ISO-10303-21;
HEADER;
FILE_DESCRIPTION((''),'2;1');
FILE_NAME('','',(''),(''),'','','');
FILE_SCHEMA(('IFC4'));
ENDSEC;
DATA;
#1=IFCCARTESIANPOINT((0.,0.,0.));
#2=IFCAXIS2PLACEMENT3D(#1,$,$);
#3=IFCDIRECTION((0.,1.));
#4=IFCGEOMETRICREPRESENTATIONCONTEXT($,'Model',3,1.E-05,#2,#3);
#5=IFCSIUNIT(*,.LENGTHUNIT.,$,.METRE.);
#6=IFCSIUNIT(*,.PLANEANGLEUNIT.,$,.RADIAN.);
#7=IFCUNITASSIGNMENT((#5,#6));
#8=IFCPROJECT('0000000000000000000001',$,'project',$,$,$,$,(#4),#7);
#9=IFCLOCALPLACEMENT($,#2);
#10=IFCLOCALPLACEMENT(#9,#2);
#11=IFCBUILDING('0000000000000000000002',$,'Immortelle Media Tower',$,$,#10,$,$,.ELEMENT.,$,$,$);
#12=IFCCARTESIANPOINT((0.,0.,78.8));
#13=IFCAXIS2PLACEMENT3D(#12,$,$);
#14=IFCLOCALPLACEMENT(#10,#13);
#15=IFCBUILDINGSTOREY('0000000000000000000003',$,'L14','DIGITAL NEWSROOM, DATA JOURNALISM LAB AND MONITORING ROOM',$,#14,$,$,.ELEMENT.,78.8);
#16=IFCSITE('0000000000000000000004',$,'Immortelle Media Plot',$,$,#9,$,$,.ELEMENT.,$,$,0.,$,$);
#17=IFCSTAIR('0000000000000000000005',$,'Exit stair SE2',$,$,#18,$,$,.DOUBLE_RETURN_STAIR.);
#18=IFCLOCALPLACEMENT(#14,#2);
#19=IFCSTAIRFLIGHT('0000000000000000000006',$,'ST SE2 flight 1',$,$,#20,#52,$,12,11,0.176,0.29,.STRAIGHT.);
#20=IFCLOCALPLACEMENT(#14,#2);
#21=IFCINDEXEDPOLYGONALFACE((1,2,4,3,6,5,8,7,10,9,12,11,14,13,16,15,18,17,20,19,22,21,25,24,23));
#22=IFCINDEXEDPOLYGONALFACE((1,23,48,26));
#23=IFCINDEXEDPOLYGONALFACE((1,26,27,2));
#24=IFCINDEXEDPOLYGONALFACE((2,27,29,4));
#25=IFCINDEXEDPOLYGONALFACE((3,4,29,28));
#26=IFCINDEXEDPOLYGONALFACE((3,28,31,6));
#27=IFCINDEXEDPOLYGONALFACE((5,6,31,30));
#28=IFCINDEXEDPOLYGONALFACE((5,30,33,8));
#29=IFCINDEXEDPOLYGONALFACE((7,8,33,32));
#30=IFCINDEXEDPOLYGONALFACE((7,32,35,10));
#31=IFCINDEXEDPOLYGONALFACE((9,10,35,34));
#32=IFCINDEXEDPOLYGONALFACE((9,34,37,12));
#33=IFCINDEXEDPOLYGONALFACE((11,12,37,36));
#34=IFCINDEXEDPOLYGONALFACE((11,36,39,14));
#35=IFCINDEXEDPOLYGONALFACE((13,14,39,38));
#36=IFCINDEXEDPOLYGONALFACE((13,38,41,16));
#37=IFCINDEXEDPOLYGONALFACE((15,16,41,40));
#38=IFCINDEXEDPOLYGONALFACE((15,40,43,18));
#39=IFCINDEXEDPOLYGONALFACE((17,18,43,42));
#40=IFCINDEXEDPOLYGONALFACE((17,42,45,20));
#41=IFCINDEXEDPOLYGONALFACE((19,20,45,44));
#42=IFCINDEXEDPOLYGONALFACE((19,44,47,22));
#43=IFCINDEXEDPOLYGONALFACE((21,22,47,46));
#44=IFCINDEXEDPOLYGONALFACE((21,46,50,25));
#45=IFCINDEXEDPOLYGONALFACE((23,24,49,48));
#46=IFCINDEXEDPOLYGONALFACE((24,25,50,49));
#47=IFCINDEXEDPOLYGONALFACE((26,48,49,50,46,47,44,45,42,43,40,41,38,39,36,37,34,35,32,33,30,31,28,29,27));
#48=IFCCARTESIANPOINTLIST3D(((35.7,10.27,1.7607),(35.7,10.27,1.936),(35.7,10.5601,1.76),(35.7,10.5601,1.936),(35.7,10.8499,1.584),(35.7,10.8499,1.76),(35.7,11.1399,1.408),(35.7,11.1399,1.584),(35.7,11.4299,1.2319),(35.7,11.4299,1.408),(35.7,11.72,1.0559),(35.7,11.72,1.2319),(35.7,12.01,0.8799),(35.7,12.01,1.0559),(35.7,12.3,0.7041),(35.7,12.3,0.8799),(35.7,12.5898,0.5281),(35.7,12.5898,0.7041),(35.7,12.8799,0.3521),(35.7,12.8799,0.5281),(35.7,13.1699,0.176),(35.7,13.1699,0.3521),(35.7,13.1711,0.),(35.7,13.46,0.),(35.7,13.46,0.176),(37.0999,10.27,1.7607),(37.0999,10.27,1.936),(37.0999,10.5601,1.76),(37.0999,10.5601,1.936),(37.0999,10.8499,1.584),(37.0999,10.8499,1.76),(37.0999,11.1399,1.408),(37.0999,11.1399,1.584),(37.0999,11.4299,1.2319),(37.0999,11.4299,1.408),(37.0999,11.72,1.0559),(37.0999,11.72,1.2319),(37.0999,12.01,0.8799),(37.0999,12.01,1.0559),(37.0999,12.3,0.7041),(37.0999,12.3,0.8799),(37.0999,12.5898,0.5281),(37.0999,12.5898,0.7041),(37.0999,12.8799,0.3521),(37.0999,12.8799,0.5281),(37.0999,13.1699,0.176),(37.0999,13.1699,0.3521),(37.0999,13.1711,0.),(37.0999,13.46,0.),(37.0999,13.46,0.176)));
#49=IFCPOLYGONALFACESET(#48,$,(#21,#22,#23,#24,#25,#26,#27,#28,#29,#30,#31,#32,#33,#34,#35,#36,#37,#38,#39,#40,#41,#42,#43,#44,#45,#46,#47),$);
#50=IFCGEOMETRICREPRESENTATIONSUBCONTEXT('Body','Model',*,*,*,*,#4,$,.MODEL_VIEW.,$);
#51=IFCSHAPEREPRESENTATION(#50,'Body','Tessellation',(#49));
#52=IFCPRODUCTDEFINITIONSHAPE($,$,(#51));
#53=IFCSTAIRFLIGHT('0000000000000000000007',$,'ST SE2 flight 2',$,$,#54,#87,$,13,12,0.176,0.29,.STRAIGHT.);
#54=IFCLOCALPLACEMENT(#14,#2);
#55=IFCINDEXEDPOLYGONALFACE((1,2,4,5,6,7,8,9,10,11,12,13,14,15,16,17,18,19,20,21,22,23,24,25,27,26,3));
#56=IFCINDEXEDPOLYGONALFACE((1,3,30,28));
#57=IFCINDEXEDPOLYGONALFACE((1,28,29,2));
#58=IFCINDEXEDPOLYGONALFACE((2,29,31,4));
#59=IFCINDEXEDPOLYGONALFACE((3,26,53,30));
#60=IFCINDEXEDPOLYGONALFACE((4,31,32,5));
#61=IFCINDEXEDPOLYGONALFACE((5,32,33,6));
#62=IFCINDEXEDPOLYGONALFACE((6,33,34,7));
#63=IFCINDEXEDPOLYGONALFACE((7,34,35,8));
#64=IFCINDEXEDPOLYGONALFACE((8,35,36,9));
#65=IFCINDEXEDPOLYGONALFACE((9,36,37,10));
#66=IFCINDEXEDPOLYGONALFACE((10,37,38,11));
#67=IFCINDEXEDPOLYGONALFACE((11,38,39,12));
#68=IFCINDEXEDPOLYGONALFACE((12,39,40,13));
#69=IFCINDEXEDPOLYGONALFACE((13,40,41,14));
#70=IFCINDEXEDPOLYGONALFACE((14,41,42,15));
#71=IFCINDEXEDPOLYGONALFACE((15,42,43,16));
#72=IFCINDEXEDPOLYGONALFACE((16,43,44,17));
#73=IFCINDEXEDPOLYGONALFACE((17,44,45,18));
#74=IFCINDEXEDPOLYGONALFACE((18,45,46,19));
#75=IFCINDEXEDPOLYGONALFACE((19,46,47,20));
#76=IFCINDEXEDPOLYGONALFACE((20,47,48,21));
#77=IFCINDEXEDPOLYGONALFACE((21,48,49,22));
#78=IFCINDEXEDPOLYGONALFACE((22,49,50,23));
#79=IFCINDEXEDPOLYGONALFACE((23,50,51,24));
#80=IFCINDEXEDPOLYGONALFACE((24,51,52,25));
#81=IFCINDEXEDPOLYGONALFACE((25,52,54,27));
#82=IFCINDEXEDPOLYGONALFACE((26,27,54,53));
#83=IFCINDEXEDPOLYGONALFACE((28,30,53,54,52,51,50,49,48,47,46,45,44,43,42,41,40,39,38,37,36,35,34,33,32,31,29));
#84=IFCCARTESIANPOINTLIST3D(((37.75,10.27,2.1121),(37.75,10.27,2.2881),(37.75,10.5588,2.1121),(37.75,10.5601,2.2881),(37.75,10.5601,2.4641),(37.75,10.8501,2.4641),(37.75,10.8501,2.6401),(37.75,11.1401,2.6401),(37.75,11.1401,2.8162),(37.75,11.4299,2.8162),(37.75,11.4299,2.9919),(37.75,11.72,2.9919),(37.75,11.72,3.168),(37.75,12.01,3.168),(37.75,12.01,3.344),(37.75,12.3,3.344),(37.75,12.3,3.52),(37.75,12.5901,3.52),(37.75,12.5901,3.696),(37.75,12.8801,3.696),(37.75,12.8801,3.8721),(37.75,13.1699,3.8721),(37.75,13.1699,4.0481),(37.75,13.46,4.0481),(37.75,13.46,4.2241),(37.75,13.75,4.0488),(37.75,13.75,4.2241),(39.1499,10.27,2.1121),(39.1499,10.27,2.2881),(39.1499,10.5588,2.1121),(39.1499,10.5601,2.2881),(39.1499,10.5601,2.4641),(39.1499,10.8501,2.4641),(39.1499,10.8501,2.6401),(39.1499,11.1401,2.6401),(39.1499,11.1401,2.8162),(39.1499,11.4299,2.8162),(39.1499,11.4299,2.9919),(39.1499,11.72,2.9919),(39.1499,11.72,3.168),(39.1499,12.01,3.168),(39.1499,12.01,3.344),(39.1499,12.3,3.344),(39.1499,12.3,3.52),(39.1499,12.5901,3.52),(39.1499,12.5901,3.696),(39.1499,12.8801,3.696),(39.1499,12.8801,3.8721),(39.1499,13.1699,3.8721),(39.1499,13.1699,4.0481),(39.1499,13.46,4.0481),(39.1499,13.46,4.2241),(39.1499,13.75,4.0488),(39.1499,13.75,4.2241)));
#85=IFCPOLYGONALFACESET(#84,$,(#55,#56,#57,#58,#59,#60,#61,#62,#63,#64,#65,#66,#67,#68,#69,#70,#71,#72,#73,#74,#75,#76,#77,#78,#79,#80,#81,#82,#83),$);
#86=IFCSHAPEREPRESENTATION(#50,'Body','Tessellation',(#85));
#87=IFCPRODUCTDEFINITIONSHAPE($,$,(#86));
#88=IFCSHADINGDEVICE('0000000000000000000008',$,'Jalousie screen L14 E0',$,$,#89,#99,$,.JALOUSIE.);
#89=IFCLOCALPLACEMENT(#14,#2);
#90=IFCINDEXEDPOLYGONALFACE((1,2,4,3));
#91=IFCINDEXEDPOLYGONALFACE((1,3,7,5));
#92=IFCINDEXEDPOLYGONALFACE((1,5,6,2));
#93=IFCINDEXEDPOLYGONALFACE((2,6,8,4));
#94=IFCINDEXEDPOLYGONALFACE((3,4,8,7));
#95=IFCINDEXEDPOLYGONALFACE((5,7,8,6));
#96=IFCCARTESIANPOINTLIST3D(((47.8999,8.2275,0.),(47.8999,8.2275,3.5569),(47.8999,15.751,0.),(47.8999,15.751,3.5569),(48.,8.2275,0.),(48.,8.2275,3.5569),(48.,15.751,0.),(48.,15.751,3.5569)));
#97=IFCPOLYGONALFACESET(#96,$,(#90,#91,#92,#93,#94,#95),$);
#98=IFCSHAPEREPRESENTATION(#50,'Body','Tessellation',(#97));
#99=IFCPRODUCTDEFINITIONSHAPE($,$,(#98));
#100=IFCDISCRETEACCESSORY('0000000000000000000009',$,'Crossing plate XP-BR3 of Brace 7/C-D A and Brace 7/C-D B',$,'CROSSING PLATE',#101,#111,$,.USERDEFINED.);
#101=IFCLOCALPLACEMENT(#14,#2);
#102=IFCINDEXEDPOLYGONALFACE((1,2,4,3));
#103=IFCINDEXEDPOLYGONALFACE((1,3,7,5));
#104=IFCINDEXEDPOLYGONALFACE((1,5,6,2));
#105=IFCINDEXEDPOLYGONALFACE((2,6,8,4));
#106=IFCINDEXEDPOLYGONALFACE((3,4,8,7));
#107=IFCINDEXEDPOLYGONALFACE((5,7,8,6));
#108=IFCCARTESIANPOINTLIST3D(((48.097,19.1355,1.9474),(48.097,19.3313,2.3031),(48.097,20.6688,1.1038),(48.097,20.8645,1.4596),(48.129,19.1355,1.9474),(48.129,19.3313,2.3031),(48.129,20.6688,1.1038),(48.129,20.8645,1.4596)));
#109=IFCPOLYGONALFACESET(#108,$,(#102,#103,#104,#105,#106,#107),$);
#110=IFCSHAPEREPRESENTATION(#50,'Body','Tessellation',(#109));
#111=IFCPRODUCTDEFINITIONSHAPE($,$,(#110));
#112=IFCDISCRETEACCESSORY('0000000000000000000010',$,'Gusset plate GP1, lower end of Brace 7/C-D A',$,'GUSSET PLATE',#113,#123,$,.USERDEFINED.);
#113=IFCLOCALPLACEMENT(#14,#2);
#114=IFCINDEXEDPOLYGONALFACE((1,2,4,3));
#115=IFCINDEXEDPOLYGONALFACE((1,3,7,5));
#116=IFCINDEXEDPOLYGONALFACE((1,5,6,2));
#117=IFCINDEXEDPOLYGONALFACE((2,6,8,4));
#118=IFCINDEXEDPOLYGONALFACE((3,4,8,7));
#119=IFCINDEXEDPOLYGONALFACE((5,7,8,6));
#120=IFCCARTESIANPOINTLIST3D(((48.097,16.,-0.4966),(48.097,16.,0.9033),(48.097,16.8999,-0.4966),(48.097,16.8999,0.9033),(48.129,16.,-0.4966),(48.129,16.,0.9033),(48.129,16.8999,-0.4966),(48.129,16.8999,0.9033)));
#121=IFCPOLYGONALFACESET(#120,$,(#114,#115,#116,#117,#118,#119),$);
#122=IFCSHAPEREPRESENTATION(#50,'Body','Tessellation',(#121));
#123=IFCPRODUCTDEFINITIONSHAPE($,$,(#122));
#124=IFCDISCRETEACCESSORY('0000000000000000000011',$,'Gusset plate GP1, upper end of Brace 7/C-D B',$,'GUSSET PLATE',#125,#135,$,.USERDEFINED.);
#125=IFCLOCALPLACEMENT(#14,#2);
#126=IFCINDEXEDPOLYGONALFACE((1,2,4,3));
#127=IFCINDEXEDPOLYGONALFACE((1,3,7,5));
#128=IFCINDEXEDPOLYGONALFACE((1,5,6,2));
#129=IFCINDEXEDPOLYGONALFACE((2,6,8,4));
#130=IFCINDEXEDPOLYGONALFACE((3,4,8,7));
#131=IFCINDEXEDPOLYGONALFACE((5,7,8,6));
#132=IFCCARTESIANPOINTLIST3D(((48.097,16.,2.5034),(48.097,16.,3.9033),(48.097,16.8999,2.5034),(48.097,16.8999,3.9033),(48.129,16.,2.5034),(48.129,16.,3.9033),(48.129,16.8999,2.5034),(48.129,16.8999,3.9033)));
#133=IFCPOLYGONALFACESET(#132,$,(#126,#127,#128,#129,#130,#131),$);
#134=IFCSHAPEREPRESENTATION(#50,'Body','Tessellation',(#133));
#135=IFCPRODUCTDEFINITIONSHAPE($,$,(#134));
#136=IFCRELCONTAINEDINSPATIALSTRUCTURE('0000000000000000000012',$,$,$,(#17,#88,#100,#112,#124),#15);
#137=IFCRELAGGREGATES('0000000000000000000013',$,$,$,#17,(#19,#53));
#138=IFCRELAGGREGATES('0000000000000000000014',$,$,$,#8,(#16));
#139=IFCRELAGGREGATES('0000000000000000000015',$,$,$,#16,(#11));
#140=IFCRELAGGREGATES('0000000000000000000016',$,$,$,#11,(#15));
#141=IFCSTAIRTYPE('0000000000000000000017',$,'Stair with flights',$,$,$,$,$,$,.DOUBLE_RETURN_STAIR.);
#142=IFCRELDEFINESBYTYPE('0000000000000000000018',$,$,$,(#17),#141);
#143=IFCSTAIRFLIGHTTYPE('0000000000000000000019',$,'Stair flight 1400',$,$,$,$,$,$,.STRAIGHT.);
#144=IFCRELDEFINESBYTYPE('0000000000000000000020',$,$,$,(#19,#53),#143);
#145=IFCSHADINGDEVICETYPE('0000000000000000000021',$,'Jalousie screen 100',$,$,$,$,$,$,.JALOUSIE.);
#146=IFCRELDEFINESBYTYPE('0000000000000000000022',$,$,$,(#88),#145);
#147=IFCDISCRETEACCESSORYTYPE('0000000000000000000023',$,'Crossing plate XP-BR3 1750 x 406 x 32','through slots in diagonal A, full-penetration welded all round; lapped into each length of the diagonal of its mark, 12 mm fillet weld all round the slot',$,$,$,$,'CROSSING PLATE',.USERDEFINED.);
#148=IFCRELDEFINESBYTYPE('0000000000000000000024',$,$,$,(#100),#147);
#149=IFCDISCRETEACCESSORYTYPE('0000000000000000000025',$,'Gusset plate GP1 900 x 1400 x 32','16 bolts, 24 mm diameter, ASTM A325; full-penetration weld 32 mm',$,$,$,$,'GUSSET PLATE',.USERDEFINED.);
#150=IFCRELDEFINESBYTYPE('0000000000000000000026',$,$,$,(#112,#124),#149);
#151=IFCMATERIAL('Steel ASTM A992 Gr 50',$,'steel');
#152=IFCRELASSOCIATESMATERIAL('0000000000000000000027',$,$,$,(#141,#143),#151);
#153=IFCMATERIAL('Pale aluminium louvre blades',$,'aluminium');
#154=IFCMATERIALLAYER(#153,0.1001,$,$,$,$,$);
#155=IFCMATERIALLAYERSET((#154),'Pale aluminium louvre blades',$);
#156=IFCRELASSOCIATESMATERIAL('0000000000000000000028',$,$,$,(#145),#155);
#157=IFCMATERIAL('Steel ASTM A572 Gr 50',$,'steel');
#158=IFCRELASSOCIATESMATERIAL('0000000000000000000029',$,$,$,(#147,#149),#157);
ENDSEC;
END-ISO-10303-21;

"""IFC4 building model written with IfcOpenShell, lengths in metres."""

from ifc_helpers import new_model, si_unit, direction, frame, origin, origin_2d, place, context, subcontext, project, spatial, polyline, rectangle, outline, extrude, material, layer, layer_set, material_profile, profile_set, type_object, element, aggregate, save


model = new_model("IFC4")

# Units and contexts
model_context = context("Model", 3, precision=1e-05, world=origin(), true_north=direction((0.0, 1.0)))
body_context = subcontext(model_context, "Body", "Model", "MODEL_VIEW")
ifc_project = project(units=[si_unit("LENGTHUNIT", "METRE"), si_unit("PLANEANGLEUNIT", "RADIAN")], contexts=[model_context])

# Site, building, storey
site_placement = place(None, origin())
site = spatial("IfcSite", under=ifc_project, at=site_placement, Name="Immortelle Media Plot", CompositionType="ELEMENT", RefElevation=0.0)
building_placement = place(site_placement, origin())
building = spatial("IfcBuilding", under=site, at=building_placement, Name="Immortelle Media Tower", CompositionType="ELEMENT")
storey_placement = place(building_placement, frame((0.0, 0.0, 78.8)))
storey = spatial("IfcBuildingStorey", under=building, at=storey_placement, Name="L14", Description="DIGITAL NEWSROOM, DATA JOURNALISM LAB AND MONITORING ROOM", CompositionType="ELEMENT", Elevation=78.8)

# Shared definitions
ifc_material_1 = material(Name="Steel ASTM A992 Gr 50", Category="steel")

# Stair, stair flights
stair_type = type_object("IfcStairType", Name="Stair with flights", PredefinedType="DOUBLE_RETURN_STAIR", material=ifc_material_1)
stair_flight_type = type_object("IfcStairFlightType", Name="Stair flight 1400", PredefinedType="STRAIGHT", material=ifc_material_1)
stair_1_placement = place(storey_placement, origin())
stair_1 = element("IfcStair", 1, at=stair_1_placement, inside=storey, type_object=stair_type, Name="Exit stair SE2", PredefinedType="DOUBLE_RETURN_STAIR")
stair_flight_1_placement = place(storey_placement, frame((36.3999, 13.46, 0.0), z_axis=(0.0, 0.0, 1.0), x_axis=(0.0, -1.0, 0.0)))
stair_flight_1 = element("IfcStairFlight", 2, at=stair_flight_1_placement, type_object=stair_flight_type, Name="ST SE2 flight 1", NumberOfRisers=12, NumberOfTreads=11, PredefinedType="STRAIGHT", RiserHeight=0.176, TreadLength=0.29, context=body_context, shape_type="SweptSolid", body=[
    extrude(outline(polyline([(0.0, 0.0), (0.0, 0.176), (0.29, 0.176), (0.29, 0.3521), (0.5801, 0.3521), (0.5801, 0.5281), (0.8701, 0.5281), (0.8701, 0.7041), (1.1599, 0.7041), (1.1599, 0.8799), (1.45, 0.8799), (1.45, 1.0559), (1.74, 1.0559), (1.74, 1.2319), (2.03, 1.2319), (2.03, 1.408), (2.3201, 1.408), (2.3201, 1.584), (2.6101, 1.584), (2.6101, 1.76), (2.8999, 1.76), (2.8999, 1.936), (3.1899, 1.936), (3.1899, 2.1121), (3.1899, 1.7607), (0.2888, 0.0), (0.0, 0.0)])), frame((0.0, 0.7, 0.0), z_axis=(0.0, -1.0, 0.0), x_axis=(1.0, 0.0, 0.0)), (0.0, 0.0, 1.0), 1.3999),
])
stair_flight_2_placement = place(storey_placement, frame((38.45, 10.27, 2.1121), z_axis=(0.0, 0.0, 1.0), x_axis=(0.0, 1.0, 0.0)))
stair_flight_2 = element("IfcStairFlight", 3, at=stair_flight_2_placement, type_object=stair_flight_type, Name="ST SE2 flight 2", NumberOfRisers=13, NumberOfTreads=12, PredefinedType="STRAIGHT", RiserHeight=0.176, TreadLength=0.29, context=body_context, shape_type="SweptSolid", body=[
    extrude(outline(polyline([(0.0, 0.0), (0.0, 0.176), (0.29, 0.176), (0.29, 0.3521), (0.5801, 0.3521), (0.5801, 0.5281), (0.8701, 0.5281), (0.8701, 0.7041), (1.1599, 0.7041), (1.1599, 0.8799), (1.45, 0.8799), (1.45, 1.0559), (1.74, 1.0559), (1.74, 1.2319), (2.03, 1.2319), (2.03, 1.408), (2.3201, 1.408), (2.3201, 1.584), (2.6101, 1.584), (2.6101, 1.76), (2.8999, 1.76), (2.8999, 1.936), (3.1899, 1.936), (3.1899, 2.1121), (3.48, 2.1121), (3.48, 2.2881), (3.48, 1.9368), (0.2888, 0.0), (0.0, 0.0)])), frame((0.0, 0.7, 0.0), z_axis=(0.0, -1.0, 0.0), x_axis=(1.0, 0.0, 0.0)), (0.0, 0.0, 1.0), 1.3999),
])
aggregate(stair_1, [stair_flight_1, stair_flight_2])

# Shading device
ifc_material_2 = material(Name="Pale aluminium louvre blades", Category="aluminium")
ifc_layer_1 = layer(ifc_material_2, 0.1001)
ifc_layer_set_1 = layer_set([ifc_layer_1], Name="Pale aluminium louvre blades")
shading_device_type = type_object("IfcShadingDeviceType", Name="Jalousie screen 100", PredefinedType="JALOUSIE", material=ifc_layer_set_1)
shading_device_placement = place(storey_placement, frame((47.95, 11.9893, 0.0), z_axis=(0.0, 0.0, 1.0), x_axis=(0.0, 1.0, 0.0)))
element("IfcShadingDevice", 4, at=shading_device_placement, inside=storey, type_object=shading_device_type, Name="Jalousie screen L14 E0", PredefinedType="JALOUSIE", context=body_context, shape_type="SweptSolid", body=[
    extrude(rectangle(XDim=7.5234, YDim=0.1001, at=origin_2d()), origin(), (0.0, 0.0, 1.0), 3.5569),
])

# Discrete accessories
ifc_material_3 = material(Name="Steel ASTM A572 Gr 50", Category="steel")
ifc_material_profile_1 = material_profile(ifc_material_3, rectangle(XDim=0.032, YDim=0.406, at=origin_2d()), Name="PL 32 x 406")
ifc_profile_set_1 = profile_set([ifc_material_profile_1], Name="Steel ASTM A572 Gr 50")
discrete_accessory_type_1 = type_object("IfcDiscreteAccessoryType", Name="Crossing plate XP-BR3 1750 x 406 x 32", Description="through slots in diagonal A, full-penetration welded all round; lapped into each length of the diagonal of its mark, 12 mm fillet weld all round the slot", ElementType="CROSSING PLATE", PredefinedType="USERDEFINED", material=ifc_profile_set_1)
discrete_accessory_placement = place(storey_placement, frame((48.113, 19.2334, 2.1252), z_axis=(0.0, 0.876157, -0.482026), x_axis=(-1.0, 0.0, 0.0)))
element("IfcDiscreteAccessory", 5, at=discrete_accessory_placement, inside=storey, type_object=discrete_accessory_type_1, Name="Crossing plate XP-BR3 of Brace 7/C-D A and Brace 7/C-D B", ObjectType="CROSSING PLATE", PredefinedType="USERDEFINED", context=body_context, shape_type="SweptSolid", body=[
    extrude(rectangle(XDim=0.032, YDim=0.406, at=origin_2d()), origin(), (0.0, 0.0, 1.0), 1.75),
])
ifc_material_profile_2 = material_profile(ifc_material_3, rectangle(XDim=0.032, YDim=1.3999, at=origin_2d()), Name="PL 32 x 1400")
ifc_profile_set_2 = profile_set([ifc_material_profile_2], Name="Steel ASTM A572 Gr 50")
discrete_accessory_type_2 = type_object("IfcDiscreteAccessoryType", Name="Gusset plate GP1 900 x 1400 x 32", Description="16 bolts, 24 mm diameter, ASTM A325; full-penetration weld 32 mm", ElementType="GUSSET PLATE", PredefinedType="USERDEFINED", material=ifc_profile_set_2)
for number, where, z_axis, x_axis, name in (
    (6, (48.113, 16.0, 0.2034), (0.0, 1.0, 0.0), (-1.0, 0.0, 0.0), "Gusset plate GP1, lower end of Brace 7/C-D A"),
    (7, (48.113, 16.0, 3.2034), (0.0, 1.0, 0.0), (-1.0, 0.0, 0.0), "Gusset plate GP1, upper end of Brace 7/C-D B"),
):
    element("IfcDiscreteAccessory", number, at=place(storey_placement, frame(where, z_axis=z_axis, x_axis=x_axis)), inside=storey, type_object=discrete_accessory_type_2, Name=name, ObjectType="GUSSET PLATE", PredefinedType="USERDEFINED", context=body_context, shape_type="SweptSolid", body=[
        extrude(rectangle(XDim=0.032, YDim=1.3999, at=origin_2d()), origin(), (0.0, 0.0, 1.0), 0.8999),
    ])

save(model, "model.ifc")
